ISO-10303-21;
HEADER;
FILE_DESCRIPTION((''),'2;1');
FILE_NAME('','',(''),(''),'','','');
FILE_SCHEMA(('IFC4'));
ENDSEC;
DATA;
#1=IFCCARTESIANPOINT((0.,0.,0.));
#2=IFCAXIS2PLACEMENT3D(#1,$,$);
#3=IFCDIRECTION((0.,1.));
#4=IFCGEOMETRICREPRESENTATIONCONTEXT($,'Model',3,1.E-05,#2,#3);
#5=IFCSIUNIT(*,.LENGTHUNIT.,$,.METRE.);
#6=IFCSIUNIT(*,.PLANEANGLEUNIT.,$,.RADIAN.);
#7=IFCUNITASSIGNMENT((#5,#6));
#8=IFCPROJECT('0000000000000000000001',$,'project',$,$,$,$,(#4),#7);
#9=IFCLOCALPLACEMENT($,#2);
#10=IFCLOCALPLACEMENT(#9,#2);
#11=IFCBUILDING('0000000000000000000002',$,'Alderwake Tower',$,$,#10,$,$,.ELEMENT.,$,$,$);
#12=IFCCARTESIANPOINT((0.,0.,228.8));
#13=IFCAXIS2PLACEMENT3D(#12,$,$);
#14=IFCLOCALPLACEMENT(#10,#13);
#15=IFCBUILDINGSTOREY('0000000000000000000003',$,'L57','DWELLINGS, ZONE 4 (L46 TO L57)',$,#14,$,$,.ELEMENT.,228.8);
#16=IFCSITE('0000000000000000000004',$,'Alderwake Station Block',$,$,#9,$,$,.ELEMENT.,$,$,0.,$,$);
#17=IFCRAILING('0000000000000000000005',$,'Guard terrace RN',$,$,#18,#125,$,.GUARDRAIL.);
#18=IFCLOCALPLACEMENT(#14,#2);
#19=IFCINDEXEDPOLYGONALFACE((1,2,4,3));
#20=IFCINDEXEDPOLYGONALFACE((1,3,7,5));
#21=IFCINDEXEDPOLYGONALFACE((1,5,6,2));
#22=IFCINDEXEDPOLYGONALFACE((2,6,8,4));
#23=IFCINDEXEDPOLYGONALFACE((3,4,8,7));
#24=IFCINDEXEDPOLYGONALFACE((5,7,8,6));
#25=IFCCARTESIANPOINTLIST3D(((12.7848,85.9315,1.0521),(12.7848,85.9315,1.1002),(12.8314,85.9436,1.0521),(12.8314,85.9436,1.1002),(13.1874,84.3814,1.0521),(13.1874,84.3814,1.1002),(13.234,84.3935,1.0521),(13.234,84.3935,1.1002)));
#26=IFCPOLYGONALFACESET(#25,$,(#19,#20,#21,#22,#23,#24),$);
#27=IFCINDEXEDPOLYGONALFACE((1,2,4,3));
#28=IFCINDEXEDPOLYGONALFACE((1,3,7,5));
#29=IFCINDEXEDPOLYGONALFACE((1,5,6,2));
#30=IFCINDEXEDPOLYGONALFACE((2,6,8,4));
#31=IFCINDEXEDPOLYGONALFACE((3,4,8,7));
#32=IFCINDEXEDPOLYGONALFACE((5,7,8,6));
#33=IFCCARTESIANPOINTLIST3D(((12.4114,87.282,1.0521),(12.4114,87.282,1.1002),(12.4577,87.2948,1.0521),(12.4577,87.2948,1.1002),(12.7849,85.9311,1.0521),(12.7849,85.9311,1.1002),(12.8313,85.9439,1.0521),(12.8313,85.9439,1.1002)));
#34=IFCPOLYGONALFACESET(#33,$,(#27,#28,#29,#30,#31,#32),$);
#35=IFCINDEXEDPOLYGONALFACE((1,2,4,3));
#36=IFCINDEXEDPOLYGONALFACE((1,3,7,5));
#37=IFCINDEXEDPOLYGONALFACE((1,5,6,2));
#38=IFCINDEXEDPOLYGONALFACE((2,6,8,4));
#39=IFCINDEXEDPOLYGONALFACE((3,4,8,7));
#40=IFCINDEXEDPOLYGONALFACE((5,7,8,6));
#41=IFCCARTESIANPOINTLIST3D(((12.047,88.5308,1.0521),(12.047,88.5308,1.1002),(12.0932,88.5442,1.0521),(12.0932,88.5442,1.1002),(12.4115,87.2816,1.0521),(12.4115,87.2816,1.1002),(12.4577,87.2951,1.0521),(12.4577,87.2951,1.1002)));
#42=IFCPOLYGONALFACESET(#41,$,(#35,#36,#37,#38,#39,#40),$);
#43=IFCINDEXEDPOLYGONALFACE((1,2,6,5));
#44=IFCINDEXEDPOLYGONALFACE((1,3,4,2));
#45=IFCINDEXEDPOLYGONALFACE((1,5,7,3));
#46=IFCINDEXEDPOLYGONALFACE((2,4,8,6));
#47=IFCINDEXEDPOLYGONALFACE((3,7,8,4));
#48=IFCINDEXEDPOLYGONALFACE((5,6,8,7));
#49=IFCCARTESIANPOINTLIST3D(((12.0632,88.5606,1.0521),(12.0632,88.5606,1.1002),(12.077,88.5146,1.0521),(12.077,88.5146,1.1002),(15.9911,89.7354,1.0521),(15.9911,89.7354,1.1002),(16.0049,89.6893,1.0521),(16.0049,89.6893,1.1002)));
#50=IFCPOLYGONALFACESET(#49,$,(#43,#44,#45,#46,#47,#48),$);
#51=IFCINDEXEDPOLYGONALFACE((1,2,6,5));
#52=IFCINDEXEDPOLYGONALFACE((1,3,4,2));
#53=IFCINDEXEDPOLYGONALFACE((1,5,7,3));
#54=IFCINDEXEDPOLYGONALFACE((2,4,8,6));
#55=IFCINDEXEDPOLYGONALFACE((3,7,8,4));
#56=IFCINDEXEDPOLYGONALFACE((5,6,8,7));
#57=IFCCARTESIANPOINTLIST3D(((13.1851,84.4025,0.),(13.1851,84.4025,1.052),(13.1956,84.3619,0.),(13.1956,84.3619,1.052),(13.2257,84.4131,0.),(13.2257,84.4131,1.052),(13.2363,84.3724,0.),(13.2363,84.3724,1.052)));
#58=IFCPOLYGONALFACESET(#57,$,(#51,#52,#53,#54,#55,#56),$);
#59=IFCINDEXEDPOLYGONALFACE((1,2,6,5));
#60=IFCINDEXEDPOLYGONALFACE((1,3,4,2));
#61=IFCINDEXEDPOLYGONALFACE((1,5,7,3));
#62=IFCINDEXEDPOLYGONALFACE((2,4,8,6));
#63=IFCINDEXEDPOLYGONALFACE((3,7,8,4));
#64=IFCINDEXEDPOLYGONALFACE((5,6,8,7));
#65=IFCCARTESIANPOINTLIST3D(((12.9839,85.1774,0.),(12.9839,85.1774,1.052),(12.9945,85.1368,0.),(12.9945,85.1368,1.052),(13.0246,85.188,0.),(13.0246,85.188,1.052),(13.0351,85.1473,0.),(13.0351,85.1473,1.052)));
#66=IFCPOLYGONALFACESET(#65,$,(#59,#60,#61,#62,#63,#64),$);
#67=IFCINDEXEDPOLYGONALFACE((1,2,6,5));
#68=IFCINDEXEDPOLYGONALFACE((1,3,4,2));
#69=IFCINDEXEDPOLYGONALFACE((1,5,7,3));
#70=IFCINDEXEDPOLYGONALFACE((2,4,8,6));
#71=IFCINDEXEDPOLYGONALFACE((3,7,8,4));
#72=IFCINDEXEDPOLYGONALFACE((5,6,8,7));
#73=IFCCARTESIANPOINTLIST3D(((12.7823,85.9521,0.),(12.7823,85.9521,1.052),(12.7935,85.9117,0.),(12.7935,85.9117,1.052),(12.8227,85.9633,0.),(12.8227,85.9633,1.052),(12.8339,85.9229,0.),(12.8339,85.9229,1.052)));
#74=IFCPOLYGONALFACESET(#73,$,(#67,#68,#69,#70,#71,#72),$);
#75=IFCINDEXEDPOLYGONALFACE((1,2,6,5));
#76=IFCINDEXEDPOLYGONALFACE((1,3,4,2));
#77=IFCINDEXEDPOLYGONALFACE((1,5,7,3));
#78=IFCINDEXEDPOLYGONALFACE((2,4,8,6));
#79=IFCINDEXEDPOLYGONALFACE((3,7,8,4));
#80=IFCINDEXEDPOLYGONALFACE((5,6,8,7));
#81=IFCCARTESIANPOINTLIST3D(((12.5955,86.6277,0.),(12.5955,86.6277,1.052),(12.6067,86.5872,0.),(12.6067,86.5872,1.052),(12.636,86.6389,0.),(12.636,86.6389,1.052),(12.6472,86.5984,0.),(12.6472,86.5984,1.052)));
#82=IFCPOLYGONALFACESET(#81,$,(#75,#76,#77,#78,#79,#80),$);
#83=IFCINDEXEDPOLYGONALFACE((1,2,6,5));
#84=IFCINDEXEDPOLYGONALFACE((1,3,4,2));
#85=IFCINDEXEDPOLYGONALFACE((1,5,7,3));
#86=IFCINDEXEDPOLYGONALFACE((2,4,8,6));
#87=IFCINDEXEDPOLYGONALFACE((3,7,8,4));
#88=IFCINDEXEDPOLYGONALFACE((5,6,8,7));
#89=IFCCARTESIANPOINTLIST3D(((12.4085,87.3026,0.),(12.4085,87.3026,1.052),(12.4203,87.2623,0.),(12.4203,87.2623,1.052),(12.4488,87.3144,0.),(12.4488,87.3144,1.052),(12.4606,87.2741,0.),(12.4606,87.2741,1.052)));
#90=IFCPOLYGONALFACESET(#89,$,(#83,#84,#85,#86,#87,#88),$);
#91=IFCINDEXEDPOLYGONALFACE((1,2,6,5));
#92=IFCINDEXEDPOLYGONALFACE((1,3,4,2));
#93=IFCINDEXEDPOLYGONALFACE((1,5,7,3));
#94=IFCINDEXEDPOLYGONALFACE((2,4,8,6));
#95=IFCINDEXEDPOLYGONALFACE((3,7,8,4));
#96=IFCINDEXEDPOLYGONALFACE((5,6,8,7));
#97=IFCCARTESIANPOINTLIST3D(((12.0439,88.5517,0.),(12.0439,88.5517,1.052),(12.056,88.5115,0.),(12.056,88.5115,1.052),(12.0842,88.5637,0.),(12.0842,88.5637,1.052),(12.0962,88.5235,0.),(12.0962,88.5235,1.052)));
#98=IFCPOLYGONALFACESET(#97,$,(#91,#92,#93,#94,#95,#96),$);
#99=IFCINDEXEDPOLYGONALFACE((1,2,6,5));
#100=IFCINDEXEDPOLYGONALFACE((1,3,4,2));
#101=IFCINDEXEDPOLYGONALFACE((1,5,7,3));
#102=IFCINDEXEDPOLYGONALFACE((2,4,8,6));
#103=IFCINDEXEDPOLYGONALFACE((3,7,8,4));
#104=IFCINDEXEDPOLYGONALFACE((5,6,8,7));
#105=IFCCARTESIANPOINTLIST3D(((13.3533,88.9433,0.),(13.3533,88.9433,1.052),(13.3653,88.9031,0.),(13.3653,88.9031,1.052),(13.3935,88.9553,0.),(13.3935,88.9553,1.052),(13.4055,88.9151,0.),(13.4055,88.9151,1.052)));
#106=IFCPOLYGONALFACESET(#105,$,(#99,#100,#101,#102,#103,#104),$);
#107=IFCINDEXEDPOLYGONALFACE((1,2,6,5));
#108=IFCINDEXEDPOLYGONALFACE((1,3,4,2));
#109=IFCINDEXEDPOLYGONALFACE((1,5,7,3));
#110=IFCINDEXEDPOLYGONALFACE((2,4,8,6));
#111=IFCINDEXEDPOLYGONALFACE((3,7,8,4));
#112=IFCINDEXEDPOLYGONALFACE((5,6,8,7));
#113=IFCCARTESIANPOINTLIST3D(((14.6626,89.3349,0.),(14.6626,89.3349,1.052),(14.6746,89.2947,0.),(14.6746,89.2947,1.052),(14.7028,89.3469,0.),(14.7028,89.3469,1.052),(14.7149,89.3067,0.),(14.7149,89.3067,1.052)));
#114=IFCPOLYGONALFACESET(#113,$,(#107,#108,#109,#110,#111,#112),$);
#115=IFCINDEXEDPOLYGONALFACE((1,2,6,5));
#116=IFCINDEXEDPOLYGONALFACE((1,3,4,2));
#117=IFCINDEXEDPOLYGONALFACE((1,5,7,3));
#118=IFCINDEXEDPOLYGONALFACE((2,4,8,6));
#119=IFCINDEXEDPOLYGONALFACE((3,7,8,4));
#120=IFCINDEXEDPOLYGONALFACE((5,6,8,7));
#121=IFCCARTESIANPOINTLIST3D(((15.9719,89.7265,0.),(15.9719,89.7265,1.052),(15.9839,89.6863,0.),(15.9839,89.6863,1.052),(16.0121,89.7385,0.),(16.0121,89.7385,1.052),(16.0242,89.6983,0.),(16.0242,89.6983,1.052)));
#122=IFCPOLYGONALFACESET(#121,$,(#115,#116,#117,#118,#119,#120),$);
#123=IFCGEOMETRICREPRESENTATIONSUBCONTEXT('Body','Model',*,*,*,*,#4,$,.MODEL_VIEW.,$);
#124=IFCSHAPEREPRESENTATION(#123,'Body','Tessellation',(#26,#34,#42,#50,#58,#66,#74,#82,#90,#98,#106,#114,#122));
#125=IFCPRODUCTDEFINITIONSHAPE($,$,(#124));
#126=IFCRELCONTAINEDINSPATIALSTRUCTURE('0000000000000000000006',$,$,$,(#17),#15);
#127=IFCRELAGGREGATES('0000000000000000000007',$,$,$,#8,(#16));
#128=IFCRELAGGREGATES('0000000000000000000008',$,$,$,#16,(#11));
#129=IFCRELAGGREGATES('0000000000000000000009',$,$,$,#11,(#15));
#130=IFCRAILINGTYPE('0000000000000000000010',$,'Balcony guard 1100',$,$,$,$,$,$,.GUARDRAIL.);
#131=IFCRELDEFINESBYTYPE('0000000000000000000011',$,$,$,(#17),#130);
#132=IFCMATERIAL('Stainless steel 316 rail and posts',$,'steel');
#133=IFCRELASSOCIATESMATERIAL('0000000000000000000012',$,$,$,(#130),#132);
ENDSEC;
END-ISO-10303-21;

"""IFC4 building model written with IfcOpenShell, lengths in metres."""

from ifc_helpers import new_model, si_unit, direction, frame, origin, origin_2d, place, context, subcontext, project, spatial, rectangle, extrude, material, type_object, element, save


model = new_model("IFC4")

# Units and contexts
model_context = context("Model", 3, precision=1e-05, world=origin(), true_north=direction((0.0, 1.0)))
body_context = subcontext(model_context, "Body", "Model", "MODEL_VIEW")
ifc_project = project(units=[si_unit("LENGTHUNIT", "METRE"), si_unit("PLANEANGLEUNIT", "RADIAN")], contexts=[model_context])

# Site, building, storey
site_placement = place(None, origin())
site = spatial("IfcSite", under=ifc_project, at=site_placement, Name="Alderwake Station Block", CompositionType="ELEMENT", RefElevation=0.0)
building_placement = place(site_placement, origin())
building = spatial("IfcBuilding", under=site, at=building_placement, Name="Alderwake Tower", CompositionType="ELEMENT")
storey_placement = place(building_placement, frame((0.0, 0.0, 228.8)))
storey = spatial("IfcBuildingStorey", under=building, at=storey_placement, Name="L57", Description="DWELLINGS, ZONE 4 (L46 TO L57)", CompositionType="ELEMENT", Elevation=228.8)

# Railing
ifc_material_1 = material(Name="Stainless steel 316 rail and posts", Category="steel")
railing_type = type_object("IfcRailingType", Name="Balcony guard 1100", PredefinedType="GUARDRAIL", material=ifc_material_1)
railing_placement = place(storey_placement, frame((13.2107, 84.3875, 0.0)))
element("IfcRailing", 1, at=railing_placement, inside=storey, type_object=railing_type, Name="Guard terrace RN", PredefinedType="GUARDRAIL", context=body_context, shape_type="SweptSolid", body=[
    extrude(rectangle(XDim=0.0481, YDim=0.0481, at=origin_2d()), frame((0.0, 0.0, 1.0762), z_axis=(-0.251385, 0.967887, 0.0), x_axis=(-0.967887, -0.251385, 0.0)), (0.0, 0.0, 1.0), 1.6016),
    extrude(rectangle(XDim=0.0481, YDim=0.0481, at=origin_2d()), frame((-0.4026, 1.55, 1.0762), z_axis=(-0.266521, 0.963829, 0.0), x_axis=(-0.963829, -0.266521, 0.0)), (0.0, 0.0, 1.0), 1.4016),
    extrude(rectangle(XDim=0.0481, YDim=0.0481, at=origin_2d()), frame((-0.7761, 2.9009, 1.0762), z_axis=(-0.280094, 0.959973, 0.0), x_axis=(-0.959973, -0.280094, 0.0)), (0.0, 0.0, 1.0), 1.3013),
    extrude(rectangle(XDim=0.0481, YDim=0.0481, at=origin_2d()), frame((-1.1406, 4.1501, 1.0762), z_axis=(0.958067, 0.286545, 0.0), x_axis=(-0.286545, 0.958067, 0.0)), (0.0, 0.0, 1.0), 4.0999),
    extrude(rectangle(XDim=0.042, YDim=0.042, at=origin_2d()), frame((0.0, 0.0, 0.0), z_axis=(0.0, 0.0, 1.0), x_axis=(-0.251385, 0.967887, 0.0)), (0.0, 0.0, 1.0), 1.052),
    extrude(rectangle(XDim=0.042, YDim=0.042, at=origin_2d()), frame((-0.2012, 0.7749, 0.0), z_axis=(0.0, 0.0, 1.0), x_axis=(-0.251385, 0.967887, 0.0)), (0.0, 0.0, 1.0), 1.052),
    extrude(rectangle(XDim=0.042, YDim=0.042, at=origin_2d()), frame((-0.4026, 1.55, 0.0), z_axis=(0.0, 0.0, 1.0), x_axis=(-0.266521, 0.963829, 0.0)), (0.0, 0.0, 1.0), 1.052),
    extrude(rectangle(XDim=0.042, YDim=0.042, at=origin_2d()), frame((-0.5894, 2.2256, 0.0), z_axis=(0.0, 0.0, 1.0), x_axis=(-0.266521, 0.963829, 0.0)), (0.0, 0.0, 1.0), 1.052),
    extrude(rectangle(XDim=0.042, YDim=0.042, at=origin_2d()), frame((-0.7761, 2.9009, 0.0), z_axis=(0.0, 0.0, 1.0), x_axis=(-0.280094, 0.959973, 0.0)), (0.0, 0.0, 1.0), 1.052),
    extrude(rectangle(XDim=0.042, YDim=0.042, at=origin_2d()), frame((-1.1406, 4.1501, 0.0), z_axis=(0.0, 0.0, 1.0), x_axis=(0.958067, 0.286545, 0.0)), (0.0, 0.0, 1.0), 1.052),
    extrude(rectangle(XDim=0.042, YDim=0.042, at=origin_2d()), frame((0.1687, 4.5417, 0.0), z_axis=(0.0, 0.0, 1.0), x_axis=(0.958067, 0.286545, 0.0)), (0.0, 0.0, 1.0), 1.052),
    extrude(rectangle(XDim=0.042, YDim=0.042, at=origin_2d()), frame((1.478, 4.9333, 0.0), z_axis=(0.0, 0.0, 1.0), x_axis=(0.958067, 0.286545, 0.0)), (0.0, 0.0, 1.0), 1.052),
    extrude(rectangle(XDim=0.042, YDim=0.042, at=origin_2d()), frame((2.7874, 5.325, 0.0), z_axis=(0.0, 0.0, 1.0), x_axis=(0.958067, 0.286545, 0.0)), (0.0, 0.0, 1.0), 1.052),
])

save(model, "model.ifc")
